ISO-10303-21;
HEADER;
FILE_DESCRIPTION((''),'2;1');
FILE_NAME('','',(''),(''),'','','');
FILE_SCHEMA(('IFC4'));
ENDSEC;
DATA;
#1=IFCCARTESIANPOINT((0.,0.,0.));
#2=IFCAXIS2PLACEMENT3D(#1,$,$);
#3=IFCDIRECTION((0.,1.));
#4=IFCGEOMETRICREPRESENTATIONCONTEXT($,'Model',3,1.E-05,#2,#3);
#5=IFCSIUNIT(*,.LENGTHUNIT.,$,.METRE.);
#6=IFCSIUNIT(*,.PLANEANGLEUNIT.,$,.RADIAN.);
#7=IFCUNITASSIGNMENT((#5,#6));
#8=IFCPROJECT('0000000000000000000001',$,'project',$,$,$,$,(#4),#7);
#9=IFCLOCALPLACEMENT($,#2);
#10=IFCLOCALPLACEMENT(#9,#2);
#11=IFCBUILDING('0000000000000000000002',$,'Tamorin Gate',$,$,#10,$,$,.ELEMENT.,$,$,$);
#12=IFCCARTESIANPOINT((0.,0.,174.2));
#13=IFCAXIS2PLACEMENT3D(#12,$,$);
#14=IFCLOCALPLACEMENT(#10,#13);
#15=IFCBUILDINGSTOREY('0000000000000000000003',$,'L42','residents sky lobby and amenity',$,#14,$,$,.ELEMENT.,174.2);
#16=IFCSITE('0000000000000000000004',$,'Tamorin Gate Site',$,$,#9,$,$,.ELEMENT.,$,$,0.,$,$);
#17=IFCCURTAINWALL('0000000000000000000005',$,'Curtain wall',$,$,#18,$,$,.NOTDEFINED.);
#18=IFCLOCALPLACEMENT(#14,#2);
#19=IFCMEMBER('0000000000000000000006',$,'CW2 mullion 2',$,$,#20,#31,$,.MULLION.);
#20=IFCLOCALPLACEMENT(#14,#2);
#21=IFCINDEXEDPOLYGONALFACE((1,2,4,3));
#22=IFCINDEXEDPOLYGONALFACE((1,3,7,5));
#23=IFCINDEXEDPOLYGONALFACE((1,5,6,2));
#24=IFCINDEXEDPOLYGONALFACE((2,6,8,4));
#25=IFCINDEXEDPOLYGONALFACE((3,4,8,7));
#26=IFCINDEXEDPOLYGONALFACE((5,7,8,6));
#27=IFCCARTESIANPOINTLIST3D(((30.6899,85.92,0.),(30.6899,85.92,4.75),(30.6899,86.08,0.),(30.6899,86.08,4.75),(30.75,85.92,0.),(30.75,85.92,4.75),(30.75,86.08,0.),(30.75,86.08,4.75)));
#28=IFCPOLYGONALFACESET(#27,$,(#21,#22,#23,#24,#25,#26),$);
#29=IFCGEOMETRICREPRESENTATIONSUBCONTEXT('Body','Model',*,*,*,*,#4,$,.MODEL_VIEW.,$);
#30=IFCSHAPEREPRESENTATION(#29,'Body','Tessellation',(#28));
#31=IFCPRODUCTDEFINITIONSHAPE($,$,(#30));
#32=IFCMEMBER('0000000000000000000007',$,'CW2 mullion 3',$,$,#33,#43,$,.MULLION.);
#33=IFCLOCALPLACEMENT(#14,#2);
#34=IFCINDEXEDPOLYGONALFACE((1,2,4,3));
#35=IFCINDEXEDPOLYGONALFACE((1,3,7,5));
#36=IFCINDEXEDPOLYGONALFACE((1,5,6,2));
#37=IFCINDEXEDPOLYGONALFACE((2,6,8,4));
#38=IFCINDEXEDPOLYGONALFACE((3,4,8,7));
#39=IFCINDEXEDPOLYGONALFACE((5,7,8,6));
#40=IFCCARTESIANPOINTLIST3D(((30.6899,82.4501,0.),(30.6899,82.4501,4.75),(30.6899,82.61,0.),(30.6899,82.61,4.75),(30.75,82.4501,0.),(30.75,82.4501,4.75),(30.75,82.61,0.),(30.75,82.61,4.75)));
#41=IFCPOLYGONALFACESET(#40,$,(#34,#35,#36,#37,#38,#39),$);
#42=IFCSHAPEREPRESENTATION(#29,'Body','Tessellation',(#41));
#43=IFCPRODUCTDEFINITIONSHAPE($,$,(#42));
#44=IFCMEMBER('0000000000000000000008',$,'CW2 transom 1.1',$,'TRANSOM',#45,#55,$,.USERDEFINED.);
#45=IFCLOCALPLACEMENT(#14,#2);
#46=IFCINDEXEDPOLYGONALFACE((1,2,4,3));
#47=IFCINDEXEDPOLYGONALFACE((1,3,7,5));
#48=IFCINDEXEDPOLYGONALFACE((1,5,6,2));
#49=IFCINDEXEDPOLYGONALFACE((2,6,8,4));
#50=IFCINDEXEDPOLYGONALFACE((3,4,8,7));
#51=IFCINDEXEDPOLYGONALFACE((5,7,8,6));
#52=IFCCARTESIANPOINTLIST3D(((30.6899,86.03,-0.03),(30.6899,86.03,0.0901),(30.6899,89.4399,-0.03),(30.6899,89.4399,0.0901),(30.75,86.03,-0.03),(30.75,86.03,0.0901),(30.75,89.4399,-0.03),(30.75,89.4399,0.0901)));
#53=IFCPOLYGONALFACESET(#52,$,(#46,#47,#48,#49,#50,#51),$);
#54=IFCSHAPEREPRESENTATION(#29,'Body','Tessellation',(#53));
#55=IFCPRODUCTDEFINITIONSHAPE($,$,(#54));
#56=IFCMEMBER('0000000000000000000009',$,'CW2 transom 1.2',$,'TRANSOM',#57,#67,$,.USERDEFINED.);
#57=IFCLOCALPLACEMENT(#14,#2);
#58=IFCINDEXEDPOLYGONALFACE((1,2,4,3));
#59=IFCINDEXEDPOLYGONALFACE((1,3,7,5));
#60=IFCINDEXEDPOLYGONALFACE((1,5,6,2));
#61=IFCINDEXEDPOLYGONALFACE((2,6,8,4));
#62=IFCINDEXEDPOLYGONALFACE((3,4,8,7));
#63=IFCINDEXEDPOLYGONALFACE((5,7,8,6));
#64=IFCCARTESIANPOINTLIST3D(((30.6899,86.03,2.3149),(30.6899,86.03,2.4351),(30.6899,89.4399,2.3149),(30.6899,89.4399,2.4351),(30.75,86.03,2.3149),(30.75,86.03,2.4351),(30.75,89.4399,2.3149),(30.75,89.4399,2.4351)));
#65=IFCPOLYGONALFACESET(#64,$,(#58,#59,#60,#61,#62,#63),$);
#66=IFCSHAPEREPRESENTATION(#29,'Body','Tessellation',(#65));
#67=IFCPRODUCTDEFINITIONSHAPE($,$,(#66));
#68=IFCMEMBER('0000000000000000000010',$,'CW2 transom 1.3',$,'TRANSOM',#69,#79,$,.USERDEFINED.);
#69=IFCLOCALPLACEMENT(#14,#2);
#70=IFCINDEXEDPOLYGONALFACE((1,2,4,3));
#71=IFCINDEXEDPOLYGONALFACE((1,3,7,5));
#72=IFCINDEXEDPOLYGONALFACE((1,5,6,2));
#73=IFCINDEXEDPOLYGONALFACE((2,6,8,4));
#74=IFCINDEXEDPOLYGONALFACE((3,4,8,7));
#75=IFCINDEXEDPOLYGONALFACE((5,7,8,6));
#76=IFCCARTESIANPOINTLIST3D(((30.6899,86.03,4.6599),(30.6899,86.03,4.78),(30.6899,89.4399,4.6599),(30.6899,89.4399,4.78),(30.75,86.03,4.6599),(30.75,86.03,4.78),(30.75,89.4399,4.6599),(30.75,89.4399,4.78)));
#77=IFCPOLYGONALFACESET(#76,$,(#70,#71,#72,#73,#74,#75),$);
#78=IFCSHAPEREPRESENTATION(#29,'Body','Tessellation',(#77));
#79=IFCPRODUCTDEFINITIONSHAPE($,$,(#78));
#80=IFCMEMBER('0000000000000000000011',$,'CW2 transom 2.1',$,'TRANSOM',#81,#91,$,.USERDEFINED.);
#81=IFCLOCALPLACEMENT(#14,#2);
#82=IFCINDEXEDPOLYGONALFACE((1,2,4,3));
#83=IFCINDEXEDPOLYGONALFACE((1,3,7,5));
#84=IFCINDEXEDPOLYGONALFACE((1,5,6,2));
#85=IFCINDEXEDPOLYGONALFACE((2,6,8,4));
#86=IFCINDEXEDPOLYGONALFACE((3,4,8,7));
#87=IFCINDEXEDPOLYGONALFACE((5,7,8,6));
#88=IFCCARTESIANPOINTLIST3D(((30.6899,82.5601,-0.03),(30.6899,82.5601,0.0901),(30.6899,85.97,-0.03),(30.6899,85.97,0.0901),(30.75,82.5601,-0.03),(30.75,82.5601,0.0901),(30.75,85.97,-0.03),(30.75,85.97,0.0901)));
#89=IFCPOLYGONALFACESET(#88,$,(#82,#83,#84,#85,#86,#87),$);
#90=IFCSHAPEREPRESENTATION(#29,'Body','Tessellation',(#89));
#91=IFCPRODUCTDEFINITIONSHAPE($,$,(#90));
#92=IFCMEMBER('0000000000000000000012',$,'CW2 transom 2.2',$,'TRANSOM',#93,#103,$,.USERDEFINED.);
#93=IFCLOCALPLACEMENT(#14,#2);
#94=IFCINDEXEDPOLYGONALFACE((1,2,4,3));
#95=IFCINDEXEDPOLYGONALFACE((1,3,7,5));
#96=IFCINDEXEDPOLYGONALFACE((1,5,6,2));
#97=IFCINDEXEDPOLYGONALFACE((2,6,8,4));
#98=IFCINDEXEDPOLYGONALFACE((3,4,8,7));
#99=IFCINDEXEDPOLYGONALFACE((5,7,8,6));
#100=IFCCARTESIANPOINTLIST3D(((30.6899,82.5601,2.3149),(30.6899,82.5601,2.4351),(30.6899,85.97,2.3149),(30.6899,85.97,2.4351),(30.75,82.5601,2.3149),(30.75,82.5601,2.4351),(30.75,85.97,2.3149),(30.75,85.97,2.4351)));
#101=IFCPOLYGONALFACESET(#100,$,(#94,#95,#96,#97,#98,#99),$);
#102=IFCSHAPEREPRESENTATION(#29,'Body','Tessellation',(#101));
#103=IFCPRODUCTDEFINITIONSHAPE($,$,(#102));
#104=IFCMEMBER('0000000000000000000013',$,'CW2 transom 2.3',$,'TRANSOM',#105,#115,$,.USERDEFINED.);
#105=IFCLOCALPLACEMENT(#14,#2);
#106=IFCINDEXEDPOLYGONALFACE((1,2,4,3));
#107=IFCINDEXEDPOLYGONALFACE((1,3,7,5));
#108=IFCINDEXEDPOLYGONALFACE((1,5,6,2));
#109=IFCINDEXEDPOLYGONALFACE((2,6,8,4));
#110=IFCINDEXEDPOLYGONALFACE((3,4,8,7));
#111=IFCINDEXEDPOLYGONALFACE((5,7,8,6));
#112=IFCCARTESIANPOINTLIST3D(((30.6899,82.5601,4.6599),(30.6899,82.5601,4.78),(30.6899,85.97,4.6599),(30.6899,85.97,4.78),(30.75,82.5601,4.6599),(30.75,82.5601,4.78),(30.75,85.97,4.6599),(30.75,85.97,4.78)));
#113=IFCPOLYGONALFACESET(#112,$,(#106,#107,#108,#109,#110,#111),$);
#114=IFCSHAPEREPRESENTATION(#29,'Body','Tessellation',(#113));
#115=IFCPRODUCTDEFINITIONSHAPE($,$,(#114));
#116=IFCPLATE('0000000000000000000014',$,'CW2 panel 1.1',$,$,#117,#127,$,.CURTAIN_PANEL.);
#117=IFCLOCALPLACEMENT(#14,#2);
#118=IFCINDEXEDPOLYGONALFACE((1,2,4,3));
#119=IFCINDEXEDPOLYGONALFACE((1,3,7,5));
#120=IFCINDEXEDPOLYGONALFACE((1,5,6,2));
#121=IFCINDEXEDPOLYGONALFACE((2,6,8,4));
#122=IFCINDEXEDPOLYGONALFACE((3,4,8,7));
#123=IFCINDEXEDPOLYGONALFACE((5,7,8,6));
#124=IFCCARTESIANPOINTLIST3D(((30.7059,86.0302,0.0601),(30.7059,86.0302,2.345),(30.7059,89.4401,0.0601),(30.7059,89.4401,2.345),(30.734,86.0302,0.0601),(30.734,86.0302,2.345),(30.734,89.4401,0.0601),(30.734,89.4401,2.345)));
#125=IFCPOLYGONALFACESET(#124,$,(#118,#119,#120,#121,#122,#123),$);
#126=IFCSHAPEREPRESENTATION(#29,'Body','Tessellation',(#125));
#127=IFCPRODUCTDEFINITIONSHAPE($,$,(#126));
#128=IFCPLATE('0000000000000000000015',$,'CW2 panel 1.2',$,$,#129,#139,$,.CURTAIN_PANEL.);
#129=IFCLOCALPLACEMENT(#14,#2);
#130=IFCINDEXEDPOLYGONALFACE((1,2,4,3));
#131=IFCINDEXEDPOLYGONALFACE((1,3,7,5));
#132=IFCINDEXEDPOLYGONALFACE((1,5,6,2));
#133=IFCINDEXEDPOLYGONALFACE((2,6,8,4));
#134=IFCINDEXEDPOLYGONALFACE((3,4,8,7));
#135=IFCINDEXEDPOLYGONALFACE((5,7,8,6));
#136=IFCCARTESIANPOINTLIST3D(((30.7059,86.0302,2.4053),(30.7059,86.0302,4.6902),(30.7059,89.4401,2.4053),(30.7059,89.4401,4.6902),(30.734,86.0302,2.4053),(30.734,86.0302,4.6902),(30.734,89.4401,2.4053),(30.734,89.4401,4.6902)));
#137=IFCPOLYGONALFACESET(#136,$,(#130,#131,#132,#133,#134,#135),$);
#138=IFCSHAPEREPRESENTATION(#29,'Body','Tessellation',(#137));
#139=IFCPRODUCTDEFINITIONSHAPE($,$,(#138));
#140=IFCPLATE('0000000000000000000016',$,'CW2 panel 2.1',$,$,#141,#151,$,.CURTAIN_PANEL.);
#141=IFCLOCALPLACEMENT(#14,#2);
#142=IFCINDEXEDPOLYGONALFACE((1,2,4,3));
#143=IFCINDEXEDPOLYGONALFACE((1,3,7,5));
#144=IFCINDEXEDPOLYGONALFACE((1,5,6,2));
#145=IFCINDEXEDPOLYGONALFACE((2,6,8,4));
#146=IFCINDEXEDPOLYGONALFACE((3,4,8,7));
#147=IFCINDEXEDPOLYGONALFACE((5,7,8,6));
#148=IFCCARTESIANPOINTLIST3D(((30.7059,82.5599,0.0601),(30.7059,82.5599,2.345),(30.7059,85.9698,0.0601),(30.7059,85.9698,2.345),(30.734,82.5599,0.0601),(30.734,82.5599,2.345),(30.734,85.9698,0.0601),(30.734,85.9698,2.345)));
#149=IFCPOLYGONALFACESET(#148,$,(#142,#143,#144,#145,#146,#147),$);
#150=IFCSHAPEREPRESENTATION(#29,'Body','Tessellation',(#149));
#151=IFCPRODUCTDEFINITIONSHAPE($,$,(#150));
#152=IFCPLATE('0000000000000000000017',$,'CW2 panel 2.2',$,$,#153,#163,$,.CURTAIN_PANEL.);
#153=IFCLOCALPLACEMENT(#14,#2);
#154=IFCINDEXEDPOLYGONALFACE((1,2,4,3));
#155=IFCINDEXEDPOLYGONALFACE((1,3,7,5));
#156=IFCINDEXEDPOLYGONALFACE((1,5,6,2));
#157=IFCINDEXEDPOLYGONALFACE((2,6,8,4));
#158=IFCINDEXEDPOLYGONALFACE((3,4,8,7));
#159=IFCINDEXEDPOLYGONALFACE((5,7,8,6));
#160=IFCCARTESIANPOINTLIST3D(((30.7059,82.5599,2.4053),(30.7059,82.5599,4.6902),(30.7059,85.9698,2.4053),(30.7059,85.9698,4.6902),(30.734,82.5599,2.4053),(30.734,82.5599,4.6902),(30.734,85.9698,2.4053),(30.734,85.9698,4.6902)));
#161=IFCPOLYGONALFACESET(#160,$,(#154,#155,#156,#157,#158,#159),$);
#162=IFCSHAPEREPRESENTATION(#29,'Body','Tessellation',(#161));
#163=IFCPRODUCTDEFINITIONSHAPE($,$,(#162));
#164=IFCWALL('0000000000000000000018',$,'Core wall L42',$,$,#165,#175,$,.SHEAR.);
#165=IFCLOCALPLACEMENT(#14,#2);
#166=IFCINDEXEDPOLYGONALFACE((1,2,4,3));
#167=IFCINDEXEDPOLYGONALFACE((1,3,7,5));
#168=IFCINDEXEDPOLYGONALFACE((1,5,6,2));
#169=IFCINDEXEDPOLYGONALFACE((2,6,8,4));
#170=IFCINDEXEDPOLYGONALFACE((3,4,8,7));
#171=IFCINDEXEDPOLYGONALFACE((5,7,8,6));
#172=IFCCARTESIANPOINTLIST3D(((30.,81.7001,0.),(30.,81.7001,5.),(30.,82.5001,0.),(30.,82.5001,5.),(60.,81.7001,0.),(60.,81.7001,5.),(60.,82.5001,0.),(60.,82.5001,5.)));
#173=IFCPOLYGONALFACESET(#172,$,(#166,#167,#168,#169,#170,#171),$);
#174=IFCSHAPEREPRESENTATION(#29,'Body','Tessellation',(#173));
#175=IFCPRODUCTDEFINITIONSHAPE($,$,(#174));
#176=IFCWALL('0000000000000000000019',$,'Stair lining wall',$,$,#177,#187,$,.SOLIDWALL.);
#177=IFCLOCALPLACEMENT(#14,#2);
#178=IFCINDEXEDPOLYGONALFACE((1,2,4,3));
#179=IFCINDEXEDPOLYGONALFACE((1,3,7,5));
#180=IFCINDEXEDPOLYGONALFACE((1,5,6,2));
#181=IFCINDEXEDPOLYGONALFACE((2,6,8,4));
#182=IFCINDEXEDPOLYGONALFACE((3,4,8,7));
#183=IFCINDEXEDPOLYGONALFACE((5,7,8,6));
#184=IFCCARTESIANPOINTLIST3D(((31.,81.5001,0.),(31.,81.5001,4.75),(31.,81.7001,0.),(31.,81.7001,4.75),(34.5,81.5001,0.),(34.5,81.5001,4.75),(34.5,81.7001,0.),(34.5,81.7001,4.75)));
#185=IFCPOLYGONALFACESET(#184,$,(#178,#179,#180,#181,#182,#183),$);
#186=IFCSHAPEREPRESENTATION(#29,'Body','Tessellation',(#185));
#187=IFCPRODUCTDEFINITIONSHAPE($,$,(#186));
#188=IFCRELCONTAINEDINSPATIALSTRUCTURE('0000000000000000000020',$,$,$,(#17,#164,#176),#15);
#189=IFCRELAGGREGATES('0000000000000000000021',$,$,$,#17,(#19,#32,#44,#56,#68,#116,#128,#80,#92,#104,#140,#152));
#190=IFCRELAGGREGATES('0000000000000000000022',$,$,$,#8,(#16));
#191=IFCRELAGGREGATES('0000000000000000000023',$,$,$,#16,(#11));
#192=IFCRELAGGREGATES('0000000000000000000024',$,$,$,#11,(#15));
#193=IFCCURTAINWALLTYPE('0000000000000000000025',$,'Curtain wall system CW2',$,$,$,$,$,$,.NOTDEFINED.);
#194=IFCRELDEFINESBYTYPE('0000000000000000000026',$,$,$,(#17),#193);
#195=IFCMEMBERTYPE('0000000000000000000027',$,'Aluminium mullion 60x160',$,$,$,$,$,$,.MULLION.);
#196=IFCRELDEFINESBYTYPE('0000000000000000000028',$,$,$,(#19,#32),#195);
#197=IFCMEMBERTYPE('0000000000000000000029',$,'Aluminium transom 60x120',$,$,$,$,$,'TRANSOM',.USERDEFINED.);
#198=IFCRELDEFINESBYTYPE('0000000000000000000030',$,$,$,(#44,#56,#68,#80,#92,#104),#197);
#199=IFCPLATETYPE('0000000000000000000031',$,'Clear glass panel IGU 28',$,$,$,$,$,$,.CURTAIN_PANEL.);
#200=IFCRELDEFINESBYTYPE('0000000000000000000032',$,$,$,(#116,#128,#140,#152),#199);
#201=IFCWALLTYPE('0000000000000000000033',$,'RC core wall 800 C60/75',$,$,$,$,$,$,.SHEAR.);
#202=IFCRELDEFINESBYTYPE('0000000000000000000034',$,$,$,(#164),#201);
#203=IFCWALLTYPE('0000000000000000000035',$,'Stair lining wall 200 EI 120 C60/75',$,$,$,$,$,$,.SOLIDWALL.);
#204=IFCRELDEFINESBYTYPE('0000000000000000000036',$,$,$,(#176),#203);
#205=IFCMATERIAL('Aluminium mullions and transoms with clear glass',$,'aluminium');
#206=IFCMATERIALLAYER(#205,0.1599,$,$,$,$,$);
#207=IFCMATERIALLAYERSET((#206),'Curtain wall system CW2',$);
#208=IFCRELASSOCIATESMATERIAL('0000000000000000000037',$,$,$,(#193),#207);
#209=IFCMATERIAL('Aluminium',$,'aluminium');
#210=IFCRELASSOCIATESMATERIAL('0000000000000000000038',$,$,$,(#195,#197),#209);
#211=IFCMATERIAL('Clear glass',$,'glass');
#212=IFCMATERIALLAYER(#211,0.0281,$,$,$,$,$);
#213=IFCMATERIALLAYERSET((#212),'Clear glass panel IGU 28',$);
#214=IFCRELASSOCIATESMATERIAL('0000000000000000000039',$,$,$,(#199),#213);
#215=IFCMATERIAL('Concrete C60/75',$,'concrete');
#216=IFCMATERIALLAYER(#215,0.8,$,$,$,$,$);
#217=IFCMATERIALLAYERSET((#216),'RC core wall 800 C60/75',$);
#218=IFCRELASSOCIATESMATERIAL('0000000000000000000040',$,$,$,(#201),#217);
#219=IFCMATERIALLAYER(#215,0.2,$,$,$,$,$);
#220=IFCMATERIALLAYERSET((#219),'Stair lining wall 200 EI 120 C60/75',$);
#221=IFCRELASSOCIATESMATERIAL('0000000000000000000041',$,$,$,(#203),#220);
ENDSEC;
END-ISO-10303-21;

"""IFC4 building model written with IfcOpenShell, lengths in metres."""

from ifc_helpers import new_model, si_unit, direction, frame, frame_2d, origin, origin_2d, place, context, subcontext, project, spatial, rectangle, extrude, material, layer, layer_set, material_profile, profile_set, type_object, element, aggregate, save


model = new_model("IFC4")

# Units and contexts
model_context = context("Model", 3, precision=1e-05, world=origin(), true_north=direction((0.0, 1.0)))
body_context = subcontext(model_context, "Body", "Model", "MODEL_VIEW")
ifc_project = project(units=[si_unit("LENGTHUNIT", "METRE"), si_unit("PLANEANGLEUNIT", "RADIAN")], contexts=[model_context])

# Site, building, storey
site_placement = place(None, origin())
site = spatial("IfcSite", under=ifc_project, at=site_placement, Name="Tamorin Gate Site", CompositionType="ELEMENT", RefElevation=0.0)
building_placement = place(site_placement, origin())
building = spatial("IfcBuilding", under=site, at=building_placement, Name="Tamorin Gate", CompositionType="ELEMENT")
storey_placement = place(building_placement, frame((0.0, 0.0, 174.2)))
storey = spatial("IfcBuildingStorey", under=building, at=storey_placement, Name="L42", Description="residents sky lobby and amenity", CompositionType="ELEMENT", Elevation=174.2)

# Curtain wall, members, plates
ifc_material_1 = material(Name="Aluminium mullions and transoms with clear glass", Category="aluminium")
ifc_layer_1 = layer(ifc_material_1, 0.1599)
ifc_layer_set_1 = layer_set([ifc_layer_1], Name="Curtain wall system CW2")
curtain_wall_type = type_object("IfcCurtainWallType", Name="Curtain wall system CW2", PredefinedType="NOTDEFINED", material=ifc_layer_set_1)
curtain_wall_placement = place(storey_placement, origin())
curtain_wall = element("IfcCurtainWall", 1, at=curtain_wall_placement, inside=storey, type_object=curtain_wall_type, Name="Curtain wall", PredefinedType="NOTDEFINED")
ifc_material_2 = material(Name="Aluminium", Category="aluminium")
ifc_material_profile_1 = material_profile(ifc_material_2, rectangle(XDim=0.0601, YDim=0.1599, at=origin_2d()), Name="RECT 60x160")
ifc_profile_set_1 = profile_set([ifc_material_profile_1], Name="Aluminium")
member_type_1 = type_object("IfcMemberType", Name="Aluminium mullion 60x160", PredefinedType="MULLION", material=ifc_profile_set_1)
member_1_placement = place(storey_placement, frame((30.72, 86.0, 0.0), z_axis=(0.0, 0.0, 1.0), x_axis=(1.0, 0.0, 0.0)))
member_1 = element("IfcMember", 2, at=member_1_placement, type_object=member_type_1, Name="CW2 mullion 2", PredefinedType="MULLION", context=body_context, shape_type="SweptSolid", body=[
    extrude(rectangle(XDim=0.0601, YDim=0.1599, at=origin_2d()), origin(), (0.0, 0.0, 1.0), 4.75),
])
member_2_placement = place(storey_placement, frame((30.72, 82.53, 0.0), z_axis=(0.0, 0.0, 1.0), x_axis=(1.0, 0.0, 0.0)))
member_2 = element("IfcMember", 3, at=member_2_placement, type_object=member_type_1, Name="CW2 mullion 3", PredefinedType="MULLION", context=body_context, shape_type="SweptSolid", body=[
    extrude(rectangle(XDim=0.0601, YDim=0.1599, at=origin_2d()), origin(), (0.0, 0.0, 1.0), 4.75),
])
ifc_material_profile_2 = material_profile(ifc_material_2, rectangle(XDim=0.0601, YDim=0.1201, at=origin_2d()), Name="RECT 60x120")
ifc_profile_set_2 = profile_set([ifc_material_profile_2], Name="Aluminium")
member_type_2 = type_object("IfcMemberType", Name="Aluminium transom 60x120", ElementType="TRANSOM", PredefinedType="USERDEFINED", material=ifc_profile_set_2)
member_3_placement = place(storey_placement, frame((30.72, 89.4399, 0.03), z_axis=(0.0, -1.0, 0.0), x_axis=(1.0, 0.0, 0.0)))
member_3 = element("IfcMember", 4, at=member_3_placement, type_object=member_type_2, Name="CW2 transom 1.1", ObjectType="TRANSOM", PredefinedType="USERDEFINED", context=body_context, shape_type="SweptSolid", body=[
    extrude(rectangle(XDim=0.0601, YDim=0.1201, at=origin_2d()), origin(), (0.0, 0.0, 1.0), 3.4099),
])
member_4_placement = place(storey_placement, frame((30.72, 89.4399, 2.375), z_axis=(0.0, -1.0, 0.0), x_axis=(1.0, 0.0, 0.0)))
member_4 = element("IfcMember", 5, at=member_4_placement, type_object=member_type_2, Name="CW2 transom 1.2", ObjectType="TRANSOM", PredefinedType="USERDEFINED", context=body_context, shape_type="SweptSolid", body=[
    extrude(rectangle(XDim=0.0601, YDim=0.1201, at=origin_2d()), origin(), (0.0, 0.0, 1.0), 3.4099),
])
member_5_placement = place(storey_placement, frame((30.72, 89.4399, 4.72), z_axis=(0.0, -1.0, 0.0), x_axis=(1.0, 0.0, 0.0)))
member_5 = element("IfcMember", 6, at=member_5_placement, type_object=member_type_2, Name="CW2 transom 1.3", ObjectType="TRANSOM", PredefinedType="USERDEFINED", context=body_context, shape_type="SweptSolid", body=[
    extrude(rectangle(XDim=0.0601, YDim=0.1201, at=origin_2d()), origin(), (0.0, 0.0, 1.0), 3.4099),
])
member_6_placement = place(storey_placement, frame((30.72, 85.97, 0.03), z_axis=(0.0, -1.0, 0.0), x_axis=(1.0, 0.0, 0.0)))
member_6 = element("IfcMember", 7, at=member_6_placement, type_object=member_type_2, Name="CW2 transom 2.1", ObjectType="TRANSOM", PredefinedType="USERDEFINED", context=body_context, shape_type="SweptSolid", body=[
    extrude(rectangle(XDim=0.0601, YDim=0.1201, at=origin_2d()), origin(), (0.0, 0.0, 1.0), 3.4099),
])
member_7_placement = place(storey_placement, frame((30.72, 85.97, 2.375), z_axis=(0.0, -1.0, 0.0), x_axis=(1.0, 0.0, 0.0)))
member_7 = element("IfcMember", 8, at=member_7_placement, type_object=member_type_2, Name="CW2 transom 2.2", ObjectType="TRANSOM", PredefinedType="USERDEFINED", context=body_context, shape_type="SweptSolid", body=[
    extrude(rectangle(XDim=0.0601, YDim=0.1201, at=origin_2d()), origin(), (0.0, 0.0, 1.0), 3.4099),
])
member_8_placement = place(storey_placement, frame((30.72, 85.97, 4.72), z_axis=(0.0, -1.0, 0.0), x_axis=(1.0, 0.0, 0.0)))
member_8 = element("IfcMember", 9, at=member_8_placement, type_object=member_type_2, Name="CW2 transom 2.3", ObjectType="TRANSOM", PredefinedType="USERDEFINED", context=body_context, shape_type="SweptSolid", body=[
    extrude(rectangle(XDim=0.0601, YDim=0.1201, at=origin_2d()), origin(), (0.0, 0.0, 1.0), 3.4099),
])
ifc_material_3 = material(Name="Clear glass", Category="glass")
ifc_layer_2 = layer(ifc_material_3, 0.0281)
ifc_layer_set_2 = layer_set([ifc_layer_2], Name="Clear glass panel IGU 28")
plate_type = type_object("IfcPlateType", Name="Clear glass panel IGU 28", PredefinedType="CURTAIN_PANEL", material=ifc_layer_set_2)
plate_1_placement = place(storey_placement, frame((30.72, 87.7351, 0.0601), z_axis=(0.0, 0.0, 1.0), x_axis=(0.0, -1.0, 0.0)))
plate_1 = element("IfcPlate", 10, at=plate_1_placement, type_object=plate_type, Name="CW2 panel 1.1", PredefinedType="CURTAIN_PANEL", context=body_context, shape_type="SweptSolid", body=[
    extrude(rectangle(XDim=3.4099, YDim=0.0281, at=origin_2d()), origin(), (0.0, 0.0, 1.0), 2.2849),
])
plate_2_placement = place(storey_placement, frame((30.72, 87.7351, 2.4053), z_axis=(0.0, 0.0, 1.0), x_axis=(0.0, -1.0, 0.0)))
plate_2 = element("IfcPlate", 11, at=plate_2_placement, type_object=plate_type, Name="CW2 panel 1.2", PredefinedType="CURTAIN_PANEL", context=body_context, shape_type="SweptSolid", body=[
    extrude(rectangle(XDim=3.4099, YDim=0.0281, at=origin_2d()), origin(), (0.0, 0.0, 1.0), 2.2849),
])
plate_3_placement = place(storey_placement, frame((30.72, 84.2649, 0.0601), z_axis=(0.0, 0.0, 1.0), x_axis=(0.0, -1.0, 0.0)))
plate_3 = element("IfcPlate", 12, at=plate_3_placement, type_object=plate_type, Name="CW2 panel 2.1", PredefinedType="CURTAIN_PANEL", context=body_context, shape_type="SweptSolid", body=[
    extrude(rectangle(XDim=3.4099, YDim=0.0281, at=origin_2d()), origin(), (0.0, 0.0, 1.0), 2.2849),
])
plate_4_placement = place(storey_placement, frame((30.72, 84.2649, 2.4053), z_axis=(0.0, 0.0, 1.0), x_axis=(0.0, -1.0, 0.0)))
plate_4 = element("IfcPlate", 13, at=plate_4_placement, type_object=plate_type, Name="CW2 panel 2.2", PredefinedType="CURTAIN_PANEL", context=body_context, shape_type="SweptSolid", body=[
    extrude(rectangle(XDim=3.4099, YDim=0.0281, at=origin_2d()), origin(), (0.0, 0.0, 1.0), 2.2849),
])
aggregate(curtain_wall, [member_1, member_2, member_3, member_4, member_5, plate_1, plate_2, member_6, member_7, member_8, plate_3, plate_4])

# Walls
ifc_material_4 = material(Name="Concrete C60/75", Category="concrete")
ifc_layer_3 = layer(ifc_material_4, 0.8)
ifc_layer_set_3 = layer_set([ifc_layer_3], Name="RC core wall 800 C60/75")
wall_type_1 = type_object("IfcWallType", Name="RC core wall 800 C60/75", PredefinedType="SHEAR", material=ifc_layer_set_3)
wall_1_placement = place(storey_placement, frame((30.0, 82.1001, 0.0), z_axis=(0.0, 0.0, 1.0), x_axis=(1.0, 0.0, 0.0)))
element("IfcWall", 14, at=wall_1_placement, inside=storey, type_object=wall_type_1, Name="Core wall L42", PredefinedType="SHEAR", context=body_context, shape_type="SweptSolid", body=[
    extrude(rectangle(XDim=30.0, YDim=0.8, at=frame_2d((15.0, 0.0))), origin(), (0.0, 0.0, 1.0), 5.0),
])
ifc_layer_4 = layer(ifc_material_4, 0.2)
ifc_layer_set_4 = layer_set([ifc_layer_4], Name="Stair lining wall 200 EI 120 C60/75")
wall_type_2 = type_object("IfcWallType", Name="Stair lining wall 200 EI 120 C60/75", PredefinedType="SOLIDWALL", material=ifc_layer_set_4)
wall_2_placement = place(storey_placement, frame((31.0, 81.6001, 0.0), z_axis=(0.0, 0.0, 1.0), x_axis=(1.0, 0.0, 0.0)))
element("IfcWall", 15, at=wall_2_placement, inside=storey, type_object=wall_type_2, Name="Stair lining wall", PredefinedType="SOLIDWALL", context=body_context, shape_type="SweptSolid", body=[
    extrude(rectangle(XDim=3.5, YDim=0.2, at=frame_2d((1.75, 0.0))), origin(), (0.0, 0.0, 1.0), 4.75),
])

save(model, "model.ifc")
